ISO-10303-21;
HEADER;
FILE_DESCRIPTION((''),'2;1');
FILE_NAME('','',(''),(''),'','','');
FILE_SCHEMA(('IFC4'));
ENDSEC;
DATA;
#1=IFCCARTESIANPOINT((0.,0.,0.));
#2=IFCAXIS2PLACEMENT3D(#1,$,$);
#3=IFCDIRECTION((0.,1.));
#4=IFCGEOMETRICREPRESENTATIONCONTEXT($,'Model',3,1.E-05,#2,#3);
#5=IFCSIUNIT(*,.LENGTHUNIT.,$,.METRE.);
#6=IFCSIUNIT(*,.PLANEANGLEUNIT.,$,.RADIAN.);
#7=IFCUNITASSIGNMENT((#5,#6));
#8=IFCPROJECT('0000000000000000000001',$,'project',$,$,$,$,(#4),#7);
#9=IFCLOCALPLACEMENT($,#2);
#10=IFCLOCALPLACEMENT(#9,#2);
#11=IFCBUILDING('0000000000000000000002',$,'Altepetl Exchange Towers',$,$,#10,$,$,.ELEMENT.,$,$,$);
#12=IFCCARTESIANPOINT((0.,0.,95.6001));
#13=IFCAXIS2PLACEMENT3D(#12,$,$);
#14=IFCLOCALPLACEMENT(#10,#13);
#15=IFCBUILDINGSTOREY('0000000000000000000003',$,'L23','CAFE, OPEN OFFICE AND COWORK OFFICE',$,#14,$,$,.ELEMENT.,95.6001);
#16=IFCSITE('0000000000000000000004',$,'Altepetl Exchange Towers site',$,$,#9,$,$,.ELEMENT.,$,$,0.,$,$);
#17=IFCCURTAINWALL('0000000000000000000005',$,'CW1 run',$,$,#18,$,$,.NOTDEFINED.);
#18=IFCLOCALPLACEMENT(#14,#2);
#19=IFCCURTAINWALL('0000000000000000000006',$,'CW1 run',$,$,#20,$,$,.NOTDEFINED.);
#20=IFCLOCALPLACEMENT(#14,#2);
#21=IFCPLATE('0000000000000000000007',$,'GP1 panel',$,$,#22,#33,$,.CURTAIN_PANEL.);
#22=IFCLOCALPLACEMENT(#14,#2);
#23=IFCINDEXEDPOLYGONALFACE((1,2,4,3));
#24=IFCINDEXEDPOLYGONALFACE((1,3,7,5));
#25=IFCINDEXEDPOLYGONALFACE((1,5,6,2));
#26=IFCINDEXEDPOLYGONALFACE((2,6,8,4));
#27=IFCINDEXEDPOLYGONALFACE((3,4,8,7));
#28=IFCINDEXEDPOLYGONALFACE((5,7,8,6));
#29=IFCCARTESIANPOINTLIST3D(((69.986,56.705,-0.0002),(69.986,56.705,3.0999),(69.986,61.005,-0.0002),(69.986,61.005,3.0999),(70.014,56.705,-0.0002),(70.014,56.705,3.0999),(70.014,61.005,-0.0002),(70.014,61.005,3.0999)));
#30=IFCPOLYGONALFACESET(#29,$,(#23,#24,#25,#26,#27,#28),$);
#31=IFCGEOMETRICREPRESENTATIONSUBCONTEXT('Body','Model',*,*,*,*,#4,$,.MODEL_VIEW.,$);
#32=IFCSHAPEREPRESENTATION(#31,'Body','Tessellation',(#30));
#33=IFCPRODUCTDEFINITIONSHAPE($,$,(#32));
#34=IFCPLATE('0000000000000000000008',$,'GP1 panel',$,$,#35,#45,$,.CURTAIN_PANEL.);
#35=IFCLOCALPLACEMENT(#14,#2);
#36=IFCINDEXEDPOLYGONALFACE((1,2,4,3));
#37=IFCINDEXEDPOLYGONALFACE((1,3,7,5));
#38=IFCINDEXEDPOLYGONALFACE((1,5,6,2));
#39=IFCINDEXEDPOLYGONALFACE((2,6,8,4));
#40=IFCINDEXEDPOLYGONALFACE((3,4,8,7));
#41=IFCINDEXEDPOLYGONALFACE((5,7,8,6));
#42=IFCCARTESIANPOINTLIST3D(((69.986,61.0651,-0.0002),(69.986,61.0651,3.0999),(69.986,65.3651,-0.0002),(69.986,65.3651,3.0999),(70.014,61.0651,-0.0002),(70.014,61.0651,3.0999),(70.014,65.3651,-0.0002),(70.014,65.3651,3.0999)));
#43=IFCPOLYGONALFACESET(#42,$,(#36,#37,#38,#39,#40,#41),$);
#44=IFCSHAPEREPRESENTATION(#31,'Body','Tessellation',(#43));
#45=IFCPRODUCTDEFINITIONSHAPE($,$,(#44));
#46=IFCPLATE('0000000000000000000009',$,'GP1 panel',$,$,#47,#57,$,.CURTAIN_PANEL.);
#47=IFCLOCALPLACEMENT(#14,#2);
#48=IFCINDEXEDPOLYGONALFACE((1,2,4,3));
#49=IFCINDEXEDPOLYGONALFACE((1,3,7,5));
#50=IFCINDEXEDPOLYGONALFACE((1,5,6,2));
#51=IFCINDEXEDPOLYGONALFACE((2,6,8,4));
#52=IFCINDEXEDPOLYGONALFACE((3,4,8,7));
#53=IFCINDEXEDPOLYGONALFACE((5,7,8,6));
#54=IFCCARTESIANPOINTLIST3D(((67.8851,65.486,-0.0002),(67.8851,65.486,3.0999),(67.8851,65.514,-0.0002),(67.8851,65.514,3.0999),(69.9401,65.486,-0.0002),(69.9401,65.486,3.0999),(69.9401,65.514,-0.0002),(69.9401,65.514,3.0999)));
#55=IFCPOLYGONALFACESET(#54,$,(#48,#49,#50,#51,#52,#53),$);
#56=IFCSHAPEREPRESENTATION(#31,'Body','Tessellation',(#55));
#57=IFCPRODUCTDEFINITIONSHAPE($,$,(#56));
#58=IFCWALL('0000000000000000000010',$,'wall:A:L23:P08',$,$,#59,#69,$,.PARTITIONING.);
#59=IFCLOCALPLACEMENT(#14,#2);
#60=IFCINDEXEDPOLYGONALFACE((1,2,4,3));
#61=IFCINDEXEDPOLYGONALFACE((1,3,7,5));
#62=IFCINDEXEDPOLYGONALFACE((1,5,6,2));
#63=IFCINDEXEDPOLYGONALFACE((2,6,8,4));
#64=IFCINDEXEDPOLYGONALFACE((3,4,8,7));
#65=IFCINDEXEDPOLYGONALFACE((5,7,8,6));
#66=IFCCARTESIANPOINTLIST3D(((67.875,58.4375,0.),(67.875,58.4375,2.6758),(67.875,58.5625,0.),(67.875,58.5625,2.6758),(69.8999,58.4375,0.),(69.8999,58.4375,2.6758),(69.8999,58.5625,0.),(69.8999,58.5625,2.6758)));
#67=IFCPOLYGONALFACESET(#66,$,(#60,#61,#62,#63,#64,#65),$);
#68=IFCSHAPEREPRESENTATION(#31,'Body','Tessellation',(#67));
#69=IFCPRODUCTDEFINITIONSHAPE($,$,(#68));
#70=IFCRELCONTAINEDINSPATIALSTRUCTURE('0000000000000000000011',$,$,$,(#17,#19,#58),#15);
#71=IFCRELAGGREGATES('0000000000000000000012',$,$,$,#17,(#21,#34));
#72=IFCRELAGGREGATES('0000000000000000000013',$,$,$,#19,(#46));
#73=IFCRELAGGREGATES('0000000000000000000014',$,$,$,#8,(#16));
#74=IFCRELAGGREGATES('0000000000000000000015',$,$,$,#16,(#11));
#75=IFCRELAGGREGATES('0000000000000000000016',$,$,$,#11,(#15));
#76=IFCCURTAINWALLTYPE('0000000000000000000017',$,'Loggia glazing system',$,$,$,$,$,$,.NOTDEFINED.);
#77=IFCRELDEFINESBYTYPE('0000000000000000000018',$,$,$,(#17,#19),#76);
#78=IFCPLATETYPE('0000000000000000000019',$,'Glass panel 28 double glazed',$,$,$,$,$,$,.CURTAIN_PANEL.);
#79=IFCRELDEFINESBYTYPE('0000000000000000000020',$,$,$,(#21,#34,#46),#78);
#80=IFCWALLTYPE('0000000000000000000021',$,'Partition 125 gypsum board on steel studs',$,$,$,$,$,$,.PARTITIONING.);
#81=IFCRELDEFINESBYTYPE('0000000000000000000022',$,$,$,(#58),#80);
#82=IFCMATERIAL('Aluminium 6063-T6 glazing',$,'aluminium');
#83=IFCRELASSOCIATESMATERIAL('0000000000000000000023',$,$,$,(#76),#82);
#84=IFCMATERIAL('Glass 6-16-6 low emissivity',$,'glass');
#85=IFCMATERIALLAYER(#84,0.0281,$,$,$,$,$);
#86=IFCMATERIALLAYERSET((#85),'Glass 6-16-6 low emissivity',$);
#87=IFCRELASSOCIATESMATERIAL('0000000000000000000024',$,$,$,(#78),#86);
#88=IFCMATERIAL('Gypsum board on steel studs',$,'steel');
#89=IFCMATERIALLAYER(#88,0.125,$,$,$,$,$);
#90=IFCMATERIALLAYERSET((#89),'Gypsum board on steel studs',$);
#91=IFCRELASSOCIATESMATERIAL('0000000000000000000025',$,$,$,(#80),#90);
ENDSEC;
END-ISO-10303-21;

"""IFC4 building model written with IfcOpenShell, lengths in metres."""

from ifc_helpers import new_model, si_unit, direction, frame, frame_2d, origin, origin_2d, place, context, subcontext, project, spatial, rectangle, extrude, material, layer, layer_set, type_object, element, aggregate, save


model = new_model("IFC4")

# Units and contexts
model_context = context("Model", 3, precision=1e-05, world=origin(), true_north=direction((0.0, 1.0)))
body_context = subcontext(model_context, "Body", "Model", "MODEL_VIEW")
ifc_project = project(units=[si_unit("LENGTHUNIT", "METRE"), si_unit("PLANEANGLEUNIT", "RADIAN")], contexts=[model_context])

# Site, building, storey
site_placement = place(None, origin())
site = spatial("IfcSite", under=ifc_project, at=site_placement, Name="Altepetl Exchange Towers site", CompositionType="ELEMENT", RefElevation=0.0)
building_placement = place(site_placement, origin())
building = spatial("IfcBuilding", under=site, at=building_placement, Name="Altepetl Exchange Towers", CompositionType="ELEMENT")
storey_placement = place(building_placement, frame((0.0, 0.0, 95.6001)))
storey = spatial("IfcBuildingStorey", under=building, at=storey_placement, Name="L23", Description="CAFE, OPEN OFFICE AND COWORK OFFICE", CompositionType="ELEMENT", Elevation=95.6001)

# Curtain walls
ifc_material_1 = material(Name="Aluminium 6063-T6 glazing", Category="aluminium")
curtain_wall_type = type_object("IfcCurtainWallType", Name="Loggia glazing system", PredefinedType="NOTDEFINED", material=ifc_material_1)
curtain_wall_1_placement = place(storey_placement, origin())
curtain_wall_1 = element("IfcCurtainWall", 1, at=curtain_wall_1_placement, inside=storey, type_object=curtain_wall_type, Name="CW1 run", PredefinedType="NOTDEFINED")
curtain_wall_2_placement = place(storey_placement, origin())
curtain_wall_2 = element("IfcCurtainWall", 2, at=curtain_wall_2_placement, inside=storey, type_object=curtain_wall_type, Name="CW1 run", PredefinedType="NOTDEFINED")

# Plates
ifc_material_2 = material(Name="Glass 6-16-6 low emissivity", Category="glass")
ifc_layer_1 = layer(ifc_material_2, 0.0281)
ifc_layer_set_1 = layer_set([ifc_layer_1], Name="Glass 6-16-6 low emissivity")
plate_type = type_object("IfcPlateType", Name="Glass panel 28 double glazed", PredefinedType="CURTAIN_PANEL", material=ifc_layer_set_1)
plate_1_placement = place(storey_placement, frame((70.0, 58.855, -0.0002), z_axis=(0.0, 0.0, 1.0), x_axis=(0.0, 1.0, 0.0)))
plate_1 = element("IfcPlate", 3, at=plate_1_placement, type_object=plate_type, Name="GP1 panel", PredefinedType="CURTAIN_PANEL", context=body_context, shape_type="SweptSolid", body=[
    extrude(rectangle(XDim=4.3, YDim=0.0281, at=origin_2d()), origin(), (0.0, 0.0, 1.0), 3.1001),
])
plate_2_placement = place(storey_placement, frame((70.0, 63.2151, -0.0002), z_axis=(0.0, 0.0, 1.0), x_axis=(0.0, 1.0, 0.0)))
plate_2 = element("IfcPlate", 4, at=plate_2_placement, type_object=plate_type, Name="GP1 panel", PredefinedType="CURTAIN_PANEL", context=body_context, shape_type="SweptSolid", body=[
    extrude(rectangle(XDim=4.3, YDim=0.0281, at=origin_2d()), origin(), (0.0, 0.0, 1.0), 3.1001),
])
aggregate(curtain_wall_1, [plate_1, plate_2])
plate_3_placement = place(storey_placement, frame((68.9126, 65.5, -0.0002), z_axis=(0.0, 0.0, 1.0), x_axis=(-1.0, 0.0, 0.0)))
plate_3 = element("IfcPlate", 5, at=plate_3_placement, type_object=plate_type, Name="GP1 panel", PredefinedType="CURTAIN_PANEL", context=body_context, shape_type="SweptSolid", body=[
    extrude(rectangle(XDim=2.0549, YDim=0.0281, at=origin_2d()), origin(), (0.0, 0.0, 1.0), 3.1001),
])
aggregate(curtain_wall_2, [plate_3])

# Wall
ifc_material_3 = material(Name="Gypsum board on steel studs", Category="steel")
ifc_layer_2 = layer(ifc_material_3, 0.125)
ifc_layer_set_2 = layer_set([ifc_layer_2], Name="Gypsum board on steel studs")
wall_type = type_object("IfcWallType", Name="Partition 125 gypsum board on steel studs", PredefinedType="PARTITIONING", material=ifc_layer_set_2)
wall_placement = place(storey_placement, frame((67.875, 58.5, 0.0)))
element("IfcWall", 6, at=wall_placement, inside=storey, type_object=wall_type, Name="wall:A:L23:P08", PredefinedType="PARTITIONING", context=body_context, shape_type="SweptSolid", body=[
    extrude(rectangle(XDim=2.0249, YDim=0.125, at=frame_2d((1.0125, 0.0))), origin(), (0.0, 0.0, 1.0), 2.6758),
])

save(model, "model.ifc")
